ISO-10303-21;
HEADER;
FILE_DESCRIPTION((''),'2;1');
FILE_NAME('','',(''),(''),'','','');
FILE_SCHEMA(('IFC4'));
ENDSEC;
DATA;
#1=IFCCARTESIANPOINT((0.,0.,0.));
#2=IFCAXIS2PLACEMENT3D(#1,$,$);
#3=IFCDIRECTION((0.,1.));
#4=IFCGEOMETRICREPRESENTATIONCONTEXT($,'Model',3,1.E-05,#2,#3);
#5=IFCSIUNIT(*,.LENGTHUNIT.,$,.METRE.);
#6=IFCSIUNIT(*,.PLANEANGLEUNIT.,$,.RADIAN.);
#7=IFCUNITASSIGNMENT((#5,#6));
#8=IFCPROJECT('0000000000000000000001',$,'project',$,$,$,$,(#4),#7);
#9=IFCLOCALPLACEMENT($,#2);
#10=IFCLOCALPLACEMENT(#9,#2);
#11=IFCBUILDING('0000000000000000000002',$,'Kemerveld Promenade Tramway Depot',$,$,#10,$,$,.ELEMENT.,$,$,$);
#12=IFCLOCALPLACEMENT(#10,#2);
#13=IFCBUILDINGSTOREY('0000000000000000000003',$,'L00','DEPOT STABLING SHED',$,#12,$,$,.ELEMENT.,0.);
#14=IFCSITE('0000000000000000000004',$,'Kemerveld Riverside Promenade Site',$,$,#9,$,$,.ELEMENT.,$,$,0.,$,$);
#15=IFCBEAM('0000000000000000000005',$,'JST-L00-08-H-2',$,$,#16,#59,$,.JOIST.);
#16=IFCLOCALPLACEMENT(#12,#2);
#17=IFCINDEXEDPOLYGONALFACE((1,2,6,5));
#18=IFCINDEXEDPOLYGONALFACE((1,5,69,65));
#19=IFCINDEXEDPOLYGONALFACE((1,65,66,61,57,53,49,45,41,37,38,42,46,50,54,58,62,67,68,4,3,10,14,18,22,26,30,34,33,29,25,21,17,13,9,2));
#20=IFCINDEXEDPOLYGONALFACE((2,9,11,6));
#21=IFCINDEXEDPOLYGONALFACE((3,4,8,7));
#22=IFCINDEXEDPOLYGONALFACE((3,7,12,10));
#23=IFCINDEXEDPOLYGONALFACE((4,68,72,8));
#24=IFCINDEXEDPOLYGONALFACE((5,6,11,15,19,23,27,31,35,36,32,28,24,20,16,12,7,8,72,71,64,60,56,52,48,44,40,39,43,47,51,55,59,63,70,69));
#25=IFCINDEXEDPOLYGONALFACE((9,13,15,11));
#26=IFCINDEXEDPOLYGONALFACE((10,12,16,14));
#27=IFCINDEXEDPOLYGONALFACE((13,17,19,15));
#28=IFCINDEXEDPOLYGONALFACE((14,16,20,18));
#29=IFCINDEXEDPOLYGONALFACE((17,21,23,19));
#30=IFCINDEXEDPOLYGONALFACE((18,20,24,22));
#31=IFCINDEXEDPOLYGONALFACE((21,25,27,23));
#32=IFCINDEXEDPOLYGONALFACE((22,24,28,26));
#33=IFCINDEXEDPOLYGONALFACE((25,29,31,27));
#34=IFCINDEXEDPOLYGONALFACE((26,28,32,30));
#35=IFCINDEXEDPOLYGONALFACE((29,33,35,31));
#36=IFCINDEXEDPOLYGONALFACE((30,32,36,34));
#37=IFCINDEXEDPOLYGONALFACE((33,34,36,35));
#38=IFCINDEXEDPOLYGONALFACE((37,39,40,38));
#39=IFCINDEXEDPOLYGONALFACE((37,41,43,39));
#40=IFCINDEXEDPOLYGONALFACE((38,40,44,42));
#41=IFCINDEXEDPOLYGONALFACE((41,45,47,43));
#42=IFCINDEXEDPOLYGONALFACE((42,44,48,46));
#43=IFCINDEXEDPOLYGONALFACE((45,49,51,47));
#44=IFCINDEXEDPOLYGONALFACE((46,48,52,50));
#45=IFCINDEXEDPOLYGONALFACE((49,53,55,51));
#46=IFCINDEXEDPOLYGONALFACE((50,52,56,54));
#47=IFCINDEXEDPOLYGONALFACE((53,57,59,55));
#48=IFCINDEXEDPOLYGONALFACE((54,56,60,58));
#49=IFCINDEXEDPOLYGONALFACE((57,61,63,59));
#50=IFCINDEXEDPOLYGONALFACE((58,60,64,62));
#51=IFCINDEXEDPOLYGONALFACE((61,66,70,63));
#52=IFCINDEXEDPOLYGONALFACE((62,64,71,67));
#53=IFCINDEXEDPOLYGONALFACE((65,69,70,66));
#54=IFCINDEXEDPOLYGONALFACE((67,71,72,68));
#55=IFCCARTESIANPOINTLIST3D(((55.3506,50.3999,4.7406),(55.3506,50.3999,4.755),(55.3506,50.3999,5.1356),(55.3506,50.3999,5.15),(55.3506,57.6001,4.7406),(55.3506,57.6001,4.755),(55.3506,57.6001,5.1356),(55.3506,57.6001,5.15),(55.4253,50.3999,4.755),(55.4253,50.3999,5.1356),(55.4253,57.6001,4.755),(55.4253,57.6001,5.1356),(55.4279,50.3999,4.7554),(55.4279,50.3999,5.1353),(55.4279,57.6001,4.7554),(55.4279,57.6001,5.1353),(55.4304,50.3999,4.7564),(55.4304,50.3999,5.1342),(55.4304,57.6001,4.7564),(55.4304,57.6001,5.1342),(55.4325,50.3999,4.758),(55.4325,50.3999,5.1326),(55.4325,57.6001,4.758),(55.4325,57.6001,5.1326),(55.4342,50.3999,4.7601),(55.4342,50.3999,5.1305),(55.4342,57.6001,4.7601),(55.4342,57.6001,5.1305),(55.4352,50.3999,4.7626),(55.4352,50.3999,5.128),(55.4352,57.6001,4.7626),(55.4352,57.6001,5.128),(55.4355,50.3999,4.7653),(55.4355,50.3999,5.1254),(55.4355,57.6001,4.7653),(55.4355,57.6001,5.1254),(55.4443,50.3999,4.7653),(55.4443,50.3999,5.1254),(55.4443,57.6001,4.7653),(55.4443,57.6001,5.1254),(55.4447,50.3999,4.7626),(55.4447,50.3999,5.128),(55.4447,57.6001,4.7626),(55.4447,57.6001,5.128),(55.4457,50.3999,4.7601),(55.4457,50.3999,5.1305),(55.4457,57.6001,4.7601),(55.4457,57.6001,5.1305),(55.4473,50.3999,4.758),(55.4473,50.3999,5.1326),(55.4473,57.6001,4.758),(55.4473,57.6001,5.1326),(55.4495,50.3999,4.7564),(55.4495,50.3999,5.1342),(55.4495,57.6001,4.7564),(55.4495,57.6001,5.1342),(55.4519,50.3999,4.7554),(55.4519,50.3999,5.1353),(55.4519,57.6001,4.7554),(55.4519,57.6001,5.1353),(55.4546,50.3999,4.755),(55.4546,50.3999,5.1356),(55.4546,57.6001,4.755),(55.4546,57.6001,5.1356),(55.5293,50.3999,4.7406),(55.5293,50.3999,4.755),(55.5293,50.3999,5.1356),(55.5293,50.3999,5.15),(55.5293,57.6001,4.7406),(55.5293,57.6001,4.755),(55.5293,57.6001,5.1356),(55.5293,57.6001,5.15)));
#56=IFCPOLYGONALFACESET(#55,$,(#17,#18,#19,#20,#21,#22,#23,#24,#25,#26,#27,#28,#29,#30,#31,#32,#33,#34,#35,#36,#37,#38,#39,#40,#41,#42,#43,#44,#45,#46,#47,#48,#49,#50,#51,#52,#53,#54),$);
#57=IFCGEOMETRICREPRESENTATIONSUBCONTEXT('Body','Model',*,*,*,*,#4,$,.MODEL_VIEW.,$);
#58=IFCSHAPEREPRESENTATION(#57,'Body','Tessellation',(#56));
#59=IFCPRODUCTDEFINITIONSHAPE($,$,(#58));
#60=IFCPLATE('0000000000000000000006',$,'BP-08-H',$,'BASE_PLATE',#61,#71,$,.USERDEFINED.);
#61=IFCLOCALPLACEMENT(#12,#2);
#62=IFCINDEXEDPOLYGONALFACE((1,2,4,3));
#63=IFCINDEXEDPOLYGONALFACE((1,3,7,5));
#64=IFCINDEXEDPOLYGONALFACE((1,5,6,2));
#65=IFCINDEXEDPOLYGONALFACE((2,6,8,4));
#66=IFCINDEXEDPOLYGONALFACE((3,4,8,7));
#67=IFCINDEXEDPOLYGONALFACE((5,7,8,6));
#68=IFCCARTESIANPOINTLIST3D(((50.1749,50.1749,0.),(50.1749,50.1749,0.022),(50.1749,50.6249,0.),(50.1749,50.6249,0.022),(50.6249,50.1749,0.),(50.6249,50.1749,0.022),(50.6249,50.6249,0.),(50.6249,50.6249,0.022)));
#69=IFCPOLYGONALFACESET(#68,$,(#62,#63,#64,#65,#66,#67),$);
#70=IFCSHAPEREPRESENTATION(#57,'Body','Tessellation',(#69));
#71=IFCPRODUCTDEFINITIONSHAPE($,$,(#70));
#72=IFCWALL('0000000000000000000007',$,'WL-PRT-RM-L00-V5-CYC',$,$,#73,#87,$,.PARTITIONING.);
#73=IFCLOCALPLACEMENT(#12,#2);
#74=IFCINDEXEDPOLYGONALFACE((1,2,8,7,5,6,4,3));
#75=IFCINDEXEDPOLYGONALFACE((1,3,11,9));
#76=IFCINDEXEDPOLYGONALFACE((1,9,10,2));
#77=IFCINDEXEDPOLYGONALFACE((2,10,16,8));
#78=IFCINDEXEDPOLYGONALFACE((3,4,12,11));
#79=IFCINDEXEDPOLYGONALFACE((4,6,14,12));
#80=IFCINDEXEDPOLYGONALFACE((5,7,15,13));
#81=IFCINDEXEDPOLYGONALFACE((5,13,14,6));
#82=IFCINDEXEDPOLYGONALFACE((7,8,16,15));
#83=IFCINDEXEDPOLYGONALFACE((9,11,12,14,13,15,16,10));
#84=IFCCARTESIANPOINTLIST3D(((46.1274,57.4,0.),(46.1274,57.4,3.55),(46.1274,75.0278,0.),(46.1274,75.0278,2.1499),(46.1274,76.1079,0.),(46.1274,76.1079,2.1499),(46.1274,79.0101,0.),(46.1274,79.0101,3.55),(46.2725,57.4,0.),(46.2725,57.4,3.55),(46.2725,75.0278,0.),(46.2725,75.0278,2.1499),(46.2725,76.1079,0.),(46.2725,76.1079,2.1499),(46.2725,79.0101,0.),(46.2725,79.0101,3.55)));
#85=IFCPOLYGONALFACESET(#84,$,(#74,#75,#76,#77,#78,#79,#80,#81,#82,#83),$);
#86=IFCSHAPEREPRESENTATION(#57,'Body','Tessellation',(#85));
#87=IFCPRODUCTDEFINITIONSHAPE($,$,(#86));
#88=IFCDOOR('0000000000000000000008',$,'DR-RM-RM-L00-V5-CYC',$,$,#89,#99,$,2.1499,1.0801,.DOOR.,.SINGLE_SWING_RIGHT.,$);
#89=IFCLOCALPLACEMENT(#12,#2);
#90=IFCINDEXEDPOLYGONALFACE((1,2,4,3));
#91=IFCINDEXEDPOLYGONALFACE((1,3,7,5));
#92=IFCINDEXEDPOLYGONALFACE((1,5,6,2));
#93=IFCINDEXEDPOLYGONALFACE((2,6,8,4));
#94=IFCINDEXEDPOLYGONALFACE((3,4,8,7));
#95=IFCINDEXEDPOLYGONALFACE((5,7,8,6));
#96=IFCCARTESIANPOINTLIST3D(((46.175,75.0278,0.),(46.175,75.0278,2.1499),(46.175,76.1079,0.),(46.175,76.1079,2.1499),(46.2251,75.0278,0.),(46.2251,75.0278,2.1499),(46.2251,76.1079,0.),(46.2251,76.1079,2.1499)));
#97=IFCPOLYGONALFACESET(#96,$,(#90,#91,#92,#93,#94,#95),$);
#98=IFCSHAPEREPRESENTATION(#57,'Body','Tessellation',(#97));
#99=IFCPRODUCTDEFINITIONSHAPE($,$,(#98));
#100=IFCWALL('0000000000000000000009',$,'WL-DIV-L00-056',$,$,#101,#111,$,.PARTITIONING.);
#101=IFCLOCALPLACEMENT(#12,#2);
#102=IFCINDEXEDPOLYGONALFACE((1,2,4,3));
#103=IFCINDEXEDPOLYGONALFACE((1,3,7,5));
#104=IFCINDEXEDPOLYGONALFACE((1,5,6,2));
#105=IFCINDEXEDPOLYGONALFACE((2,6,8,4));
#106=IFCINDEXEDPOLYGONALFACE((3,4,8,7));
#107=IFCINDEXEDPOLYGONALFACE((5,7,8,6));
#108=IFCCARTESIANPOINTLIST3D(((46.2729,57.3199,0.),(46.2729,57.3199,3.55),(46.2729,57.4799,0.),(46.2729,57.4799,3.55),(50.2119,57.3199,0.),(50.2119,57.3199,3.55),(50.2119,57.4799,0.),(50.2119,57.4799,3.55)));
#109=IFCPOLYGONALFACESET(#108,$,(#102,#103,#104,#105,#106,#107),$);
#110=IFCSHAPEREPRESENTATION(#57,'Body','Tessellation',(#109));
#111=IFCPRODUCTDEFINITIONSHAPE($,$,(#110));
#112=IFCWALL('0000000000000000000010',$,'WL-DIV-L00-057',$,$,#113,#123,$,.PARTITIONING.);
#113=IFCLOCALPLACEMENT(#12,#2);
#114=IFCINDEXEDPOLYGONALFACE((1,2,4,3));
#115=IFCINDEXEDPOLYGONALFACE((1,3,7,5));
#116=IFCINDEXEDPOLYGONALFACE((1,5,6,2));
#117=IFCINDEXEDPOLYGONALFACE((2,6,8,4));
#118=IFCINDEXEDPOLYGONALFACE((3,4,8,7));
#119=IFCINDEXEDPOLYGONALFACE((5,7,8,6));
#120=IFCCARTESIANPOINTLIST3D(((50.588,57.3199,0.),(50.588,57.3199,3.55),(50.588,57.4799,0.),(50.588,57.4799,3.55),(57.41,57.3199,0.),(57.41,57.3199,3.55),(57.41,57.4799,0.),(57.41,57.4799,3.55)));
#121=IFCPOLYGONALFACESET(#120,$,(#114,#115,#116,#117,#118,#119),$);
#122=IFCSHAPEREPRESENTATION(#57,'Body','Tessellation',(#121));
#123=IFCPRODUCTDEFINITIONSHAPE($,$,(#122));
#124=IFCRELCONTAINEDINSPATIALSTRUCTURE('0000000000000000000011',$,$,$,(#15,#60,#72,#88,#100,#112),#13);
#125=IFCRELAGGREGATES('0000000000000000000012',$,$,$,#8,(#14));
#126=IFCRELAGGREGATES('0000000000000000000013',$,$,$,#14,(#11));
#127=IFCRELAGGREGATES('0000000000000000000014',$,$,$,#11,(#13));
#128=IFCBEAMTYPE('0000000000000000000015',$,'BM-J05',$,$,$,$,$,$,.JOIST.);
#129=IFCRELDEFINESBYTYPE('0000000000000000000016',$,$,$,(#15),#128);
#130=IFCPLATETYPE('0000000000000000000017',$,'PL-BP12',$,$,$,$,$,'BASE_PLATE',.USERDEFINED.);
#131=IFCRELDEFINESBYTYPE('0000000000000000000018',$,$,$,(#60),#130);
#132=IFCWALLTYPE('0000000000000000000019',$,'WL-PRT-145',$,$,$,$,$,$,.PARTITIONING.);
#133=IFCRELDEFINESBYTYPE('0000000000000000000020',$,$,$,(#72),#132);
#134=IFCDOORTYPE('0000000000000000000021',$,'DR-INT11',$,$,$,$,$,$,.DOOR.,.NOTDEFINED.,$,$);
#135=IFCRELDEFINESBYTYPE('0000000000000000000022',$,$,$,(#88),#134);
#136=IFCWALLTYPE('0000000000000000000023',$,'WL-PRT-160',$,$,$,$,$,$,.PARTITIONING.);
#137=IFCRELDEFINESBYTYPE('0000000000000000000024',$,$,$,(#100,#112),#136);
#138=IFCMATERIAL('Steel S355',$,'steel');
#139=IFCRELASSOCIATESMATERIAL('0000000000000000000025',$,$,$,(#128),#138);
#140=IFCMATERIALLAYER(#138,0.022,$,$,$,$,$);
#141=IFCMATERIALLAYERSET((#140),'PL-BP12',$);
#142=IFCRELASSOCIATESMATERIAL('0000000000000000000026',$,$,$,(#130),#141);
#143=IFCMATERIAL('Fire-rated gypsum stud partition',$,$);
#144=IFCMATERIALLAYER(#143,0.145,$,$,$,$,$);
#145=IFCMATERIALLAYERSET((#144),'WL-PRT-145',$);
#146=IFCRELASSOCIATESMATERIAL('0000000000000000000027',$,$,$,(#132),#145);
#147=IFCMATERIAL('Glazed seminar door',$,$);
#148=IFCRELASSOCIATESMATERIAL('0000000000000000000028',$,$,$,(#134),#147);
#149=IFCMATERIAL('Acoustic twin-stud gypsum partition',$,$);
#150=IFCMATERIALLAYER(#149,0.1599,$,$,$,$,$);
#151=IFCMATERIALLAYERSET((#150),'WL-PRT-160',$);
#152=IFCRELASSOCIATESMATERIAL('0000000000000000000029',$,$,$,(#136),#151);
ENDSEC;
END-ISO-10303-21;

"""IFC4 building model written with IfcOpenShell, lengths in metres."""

from ifc_helpers import new_model, si_unit, direction, frame, frame_2d, origin, origin_2d, place, context, subcontext, project, spatial, rectangle, i_section, extrude, material, layer, layer_set, material_profile, profile_set, type_object, element, fill, save


model = new_model("IFC4")

# Units and contexts
model_context = context("Model", 3, precision=1e-05, world=origin(), true_north=direction((0.0, 1.0)))
body_context = subcontext(model_context, "Body", "Model", "MODEL_VIEW")
ifc_project = project(units=[si_unit("LENGTHUNIT", "METRE"), si_unit("PLANEANGLEUNIT", "RADIAN")], contexts=[model_context])

# Site, building, storey
site_placement = place(None, origin())
site = spatial("IfcSite", under=ifc_project, at=site_placement, Name="Kemerveld Riverside Promenade Site", CompositionType="ELEMENT", RefElevation=0.0)
building_placement = place(site_placement, origin())
building = spatial("IfcBuilding", under=site, at=building_placement, Name="Kemerveld Promenade Tramway Depot", CompositionType="ELEMENT")
storey_placement = place(building_placement, origin())
storey = spatial("IfcBuildingStorey", under=building, at=storey_placement, Name="L00", Description="DEPOT STABLING SHED", CompositionType="ELEMENT", Elevation=0.0)

# Shared definitions
ifc_material_1 = material(Name="Steel S355", Category="steel")

# Beam
ifc_material_profile_1 = material_profile(ifc_material_1, i_section(OverallWidth=0.1787, OverallDepth=0.4094, WebThickness=0.0088, FlangeThickness=0.0144, FilletRadius=0.0103, at=origin_2d()), Name="406x178x67 UB")
ifc_profile_set_1 = profile_set([ifc_material_profile_1], Name="Steel S355")
beam_type_1 = type_object("IfcBeamType", Name="BM-J05", PredefinedType="JOIST", material=ifc_profile_set_1)
for number, where, z_axis, x_axis, name in (
    (1, (55.4399, 50.3999, 4.9453), (0.0, 1.0, 0.0), (-1.0, 0.0, 0.0), "JST-L00-08-H-2"),
):
    element("IfcBeam", number, at=place(storey_placement, frame(where, z_axis=z_axis, x_axis=x_axis)), inside=storey, type_object=beam_type_1, Name=name, PredefinedType="JOIST", context=body_context, shape_type="SweptSolid", body=[
        extrude(i_section(OverallWidth=0.1787, OverallDepth=0.4094, WebThickness=0.0088, FlangeThickness=0.0144, FilletRadius=0.0103, at=origin_2d()), origin(), (0.0, 0.0, 1.0), 7.2002),
    ])

# Plate
ifc_layer_1 = layer(ifc_material_1, 0.022)
ifc_layer_set_1 = layer_set([ifc_layer_1], Name="PL-BP12")
plate_type = type_object("IfcPlateType", Name="PL-BP12", ElementType="BASE_PLATE", PredefinedType="USERDEFINED", material=ifc_layer_set_1)
plate_placement = place(storey_placement, frame((50.3999, 50.3999, 0.0), z_axis=(0.0, 0.0, 1.0), x_axis=(1.0, 0.0, 0.0)))
element("IfcPlate", 2, at=plate_placement, inside=storey, type_object=plate_type, Name="BP-08-H", ObjectType="BASE_PLATE", PredefinedType="USERDEFINED", context=body_context, shape_type="SweptSolid", body=[
    extrude(rectangle(XDim=0.45, YDim=0.45, at=origin_2d()), origin(), (0.0, 0.0, 1.0), 0.022),
])

# Wall, opening, door
ifc_material_2 = material(Name="Fire-rated gypsum stud partition")
ifc_layer_2 = layer(ifc_material_2, 0.145)
ifc_layer_set_2 = layer_set([ifc_layer_2], Name="WL-PRT-145")
wall_type_1 = type_object("IfcWallType", Name="WL-PRT-145", PredefinedType="PARTITIONING", material=ifc_layer_set_2)
wall_1_placement = place(storey_placement, frame((46.2, 57.3999, 0.0), z_axis=(0.0, 0.0, 1.0), x_axis=(0.0, 1.0, 0.0)))
wall_1 = element("IfcWall", 3, at=wall_1_placement, inside=storey, type_object=wall_type_1, Name="WL-PRT-RM-L00-V5-CYC", PredefinedType="PARTITIONING", context=body_context, shape_type="SweptSolid", body=[
    extrude(rectangle(XDim=21.6101, YDim=0.145, at=frame_2d((10.8052, 0.0))), origin(), (0.0, 0.0, 1.0), 3.55),
])
opening_placement = place(wall_1_placement, frame((17.6279, 0.0, 0.0)))
opening = element("IfcOpeningElement", 4, at=opening_placement, cuts=wall_1, PredefinedType="OPENING", context=body_context, shape_type="SweptSolid", body=[
    extrude(rectangle(XDim=1.0801, YDim=2.1499, at=frame_2d((0.54, 1.075))), frame((0.0, 0.0825, 0.0), z_axis=(0.0, -1.0, 0.0), x_axis=(1.0, 0.0, 0.0)), (0.0, 0.0, 1.0), 0.165),
])
ifc_material_3 = material(Name="Glazed seminar door")
door_type = type_object("IfcDoorType", Name="DR-INT11", OperationType="NOTDEFINED", PredefinedType="DOOR", material=ifc_material_3)
door_placement = place(opening_placement, origin())
door = element("IfcDoor", 5, at=door_placement, inside=storey, type_object=door_type, Name="DR-RM-RM-L00-V5-CYC", OperationType="SINGLE_SWING_RIGHT", OverallHeight=2.1499, OverallWidth=1.0801, PredefinedType="DOOR", context=body_context, shape_type="SweptSolid", body=[
    extrude(rectangle(XDim=1.0801, YDim=2.1499, at=frame_2d((0.54, 1.075))), frame((0.0, 0.0249, 0.0), z_axis=(0.0, -1.0, 0.0), x_axis=(1.0, 0.0, 0.0)), (0.0, 0.0, 1.0), 0.05),
])
fill(opening, door)

# Walls
ifc_material_4 = material(Name="Acoustic twin-stud gypsum partition")
ifc_layer_3 = layer(ifc_material_4, 0.1599)
ifc_layer_set_3 = layer_set([ifc_layer_3], Name="WL-PRT-160")
wall_type_2 = type_object("IfcWallType", Name="WL-PRT-160", PredefinedType="PARTITIONING", material=ifc_layer_set_3)
wall_2_placement = place(storey_placement, frame((46.2729, 57.3999, 0.0), z_axis=(0.0, 0.0, 1.0), x_axis=(1.0, 0.0, 0.0)))
element("IfcWall", 6, at=wall_2_placement, inside=storey, type_object=wall_type_2, Name="WL-DIV-L00-056", PredefinedType="PARTITIONING", context=body_context, shape_type="SweptSolid", body=[
    extrude(rectangle(XDim=3.939, YDim=0.1599, at=frame_2d((1.9695, 0.0))), origin(), (0.0, 0.0, 1.0), 3.55),
])
wall_3_placement = place(storey_placement, frame((50.5879, 57.3999, 0.0), z_axis=(0.0, 0.0, 1.0), x_axis=(1.0, 0.0, 0.0)))
element("IfcWall", 7, at=wall_3_placement, inside=storey, type_object=wall_type_2, Name="WL-DIV-L00-057", PredefinedType="PARTITIONING", context=body_context, shape_type="SweptSolid", body=[
    extrude(rectangle(XDim=6.822, YDim=0.1599, at=frame_2d((3.4111, 0.0))), origin(), (0.0, 0.0, 1.0), 3.55),
])

save(model, "model.ifc")
